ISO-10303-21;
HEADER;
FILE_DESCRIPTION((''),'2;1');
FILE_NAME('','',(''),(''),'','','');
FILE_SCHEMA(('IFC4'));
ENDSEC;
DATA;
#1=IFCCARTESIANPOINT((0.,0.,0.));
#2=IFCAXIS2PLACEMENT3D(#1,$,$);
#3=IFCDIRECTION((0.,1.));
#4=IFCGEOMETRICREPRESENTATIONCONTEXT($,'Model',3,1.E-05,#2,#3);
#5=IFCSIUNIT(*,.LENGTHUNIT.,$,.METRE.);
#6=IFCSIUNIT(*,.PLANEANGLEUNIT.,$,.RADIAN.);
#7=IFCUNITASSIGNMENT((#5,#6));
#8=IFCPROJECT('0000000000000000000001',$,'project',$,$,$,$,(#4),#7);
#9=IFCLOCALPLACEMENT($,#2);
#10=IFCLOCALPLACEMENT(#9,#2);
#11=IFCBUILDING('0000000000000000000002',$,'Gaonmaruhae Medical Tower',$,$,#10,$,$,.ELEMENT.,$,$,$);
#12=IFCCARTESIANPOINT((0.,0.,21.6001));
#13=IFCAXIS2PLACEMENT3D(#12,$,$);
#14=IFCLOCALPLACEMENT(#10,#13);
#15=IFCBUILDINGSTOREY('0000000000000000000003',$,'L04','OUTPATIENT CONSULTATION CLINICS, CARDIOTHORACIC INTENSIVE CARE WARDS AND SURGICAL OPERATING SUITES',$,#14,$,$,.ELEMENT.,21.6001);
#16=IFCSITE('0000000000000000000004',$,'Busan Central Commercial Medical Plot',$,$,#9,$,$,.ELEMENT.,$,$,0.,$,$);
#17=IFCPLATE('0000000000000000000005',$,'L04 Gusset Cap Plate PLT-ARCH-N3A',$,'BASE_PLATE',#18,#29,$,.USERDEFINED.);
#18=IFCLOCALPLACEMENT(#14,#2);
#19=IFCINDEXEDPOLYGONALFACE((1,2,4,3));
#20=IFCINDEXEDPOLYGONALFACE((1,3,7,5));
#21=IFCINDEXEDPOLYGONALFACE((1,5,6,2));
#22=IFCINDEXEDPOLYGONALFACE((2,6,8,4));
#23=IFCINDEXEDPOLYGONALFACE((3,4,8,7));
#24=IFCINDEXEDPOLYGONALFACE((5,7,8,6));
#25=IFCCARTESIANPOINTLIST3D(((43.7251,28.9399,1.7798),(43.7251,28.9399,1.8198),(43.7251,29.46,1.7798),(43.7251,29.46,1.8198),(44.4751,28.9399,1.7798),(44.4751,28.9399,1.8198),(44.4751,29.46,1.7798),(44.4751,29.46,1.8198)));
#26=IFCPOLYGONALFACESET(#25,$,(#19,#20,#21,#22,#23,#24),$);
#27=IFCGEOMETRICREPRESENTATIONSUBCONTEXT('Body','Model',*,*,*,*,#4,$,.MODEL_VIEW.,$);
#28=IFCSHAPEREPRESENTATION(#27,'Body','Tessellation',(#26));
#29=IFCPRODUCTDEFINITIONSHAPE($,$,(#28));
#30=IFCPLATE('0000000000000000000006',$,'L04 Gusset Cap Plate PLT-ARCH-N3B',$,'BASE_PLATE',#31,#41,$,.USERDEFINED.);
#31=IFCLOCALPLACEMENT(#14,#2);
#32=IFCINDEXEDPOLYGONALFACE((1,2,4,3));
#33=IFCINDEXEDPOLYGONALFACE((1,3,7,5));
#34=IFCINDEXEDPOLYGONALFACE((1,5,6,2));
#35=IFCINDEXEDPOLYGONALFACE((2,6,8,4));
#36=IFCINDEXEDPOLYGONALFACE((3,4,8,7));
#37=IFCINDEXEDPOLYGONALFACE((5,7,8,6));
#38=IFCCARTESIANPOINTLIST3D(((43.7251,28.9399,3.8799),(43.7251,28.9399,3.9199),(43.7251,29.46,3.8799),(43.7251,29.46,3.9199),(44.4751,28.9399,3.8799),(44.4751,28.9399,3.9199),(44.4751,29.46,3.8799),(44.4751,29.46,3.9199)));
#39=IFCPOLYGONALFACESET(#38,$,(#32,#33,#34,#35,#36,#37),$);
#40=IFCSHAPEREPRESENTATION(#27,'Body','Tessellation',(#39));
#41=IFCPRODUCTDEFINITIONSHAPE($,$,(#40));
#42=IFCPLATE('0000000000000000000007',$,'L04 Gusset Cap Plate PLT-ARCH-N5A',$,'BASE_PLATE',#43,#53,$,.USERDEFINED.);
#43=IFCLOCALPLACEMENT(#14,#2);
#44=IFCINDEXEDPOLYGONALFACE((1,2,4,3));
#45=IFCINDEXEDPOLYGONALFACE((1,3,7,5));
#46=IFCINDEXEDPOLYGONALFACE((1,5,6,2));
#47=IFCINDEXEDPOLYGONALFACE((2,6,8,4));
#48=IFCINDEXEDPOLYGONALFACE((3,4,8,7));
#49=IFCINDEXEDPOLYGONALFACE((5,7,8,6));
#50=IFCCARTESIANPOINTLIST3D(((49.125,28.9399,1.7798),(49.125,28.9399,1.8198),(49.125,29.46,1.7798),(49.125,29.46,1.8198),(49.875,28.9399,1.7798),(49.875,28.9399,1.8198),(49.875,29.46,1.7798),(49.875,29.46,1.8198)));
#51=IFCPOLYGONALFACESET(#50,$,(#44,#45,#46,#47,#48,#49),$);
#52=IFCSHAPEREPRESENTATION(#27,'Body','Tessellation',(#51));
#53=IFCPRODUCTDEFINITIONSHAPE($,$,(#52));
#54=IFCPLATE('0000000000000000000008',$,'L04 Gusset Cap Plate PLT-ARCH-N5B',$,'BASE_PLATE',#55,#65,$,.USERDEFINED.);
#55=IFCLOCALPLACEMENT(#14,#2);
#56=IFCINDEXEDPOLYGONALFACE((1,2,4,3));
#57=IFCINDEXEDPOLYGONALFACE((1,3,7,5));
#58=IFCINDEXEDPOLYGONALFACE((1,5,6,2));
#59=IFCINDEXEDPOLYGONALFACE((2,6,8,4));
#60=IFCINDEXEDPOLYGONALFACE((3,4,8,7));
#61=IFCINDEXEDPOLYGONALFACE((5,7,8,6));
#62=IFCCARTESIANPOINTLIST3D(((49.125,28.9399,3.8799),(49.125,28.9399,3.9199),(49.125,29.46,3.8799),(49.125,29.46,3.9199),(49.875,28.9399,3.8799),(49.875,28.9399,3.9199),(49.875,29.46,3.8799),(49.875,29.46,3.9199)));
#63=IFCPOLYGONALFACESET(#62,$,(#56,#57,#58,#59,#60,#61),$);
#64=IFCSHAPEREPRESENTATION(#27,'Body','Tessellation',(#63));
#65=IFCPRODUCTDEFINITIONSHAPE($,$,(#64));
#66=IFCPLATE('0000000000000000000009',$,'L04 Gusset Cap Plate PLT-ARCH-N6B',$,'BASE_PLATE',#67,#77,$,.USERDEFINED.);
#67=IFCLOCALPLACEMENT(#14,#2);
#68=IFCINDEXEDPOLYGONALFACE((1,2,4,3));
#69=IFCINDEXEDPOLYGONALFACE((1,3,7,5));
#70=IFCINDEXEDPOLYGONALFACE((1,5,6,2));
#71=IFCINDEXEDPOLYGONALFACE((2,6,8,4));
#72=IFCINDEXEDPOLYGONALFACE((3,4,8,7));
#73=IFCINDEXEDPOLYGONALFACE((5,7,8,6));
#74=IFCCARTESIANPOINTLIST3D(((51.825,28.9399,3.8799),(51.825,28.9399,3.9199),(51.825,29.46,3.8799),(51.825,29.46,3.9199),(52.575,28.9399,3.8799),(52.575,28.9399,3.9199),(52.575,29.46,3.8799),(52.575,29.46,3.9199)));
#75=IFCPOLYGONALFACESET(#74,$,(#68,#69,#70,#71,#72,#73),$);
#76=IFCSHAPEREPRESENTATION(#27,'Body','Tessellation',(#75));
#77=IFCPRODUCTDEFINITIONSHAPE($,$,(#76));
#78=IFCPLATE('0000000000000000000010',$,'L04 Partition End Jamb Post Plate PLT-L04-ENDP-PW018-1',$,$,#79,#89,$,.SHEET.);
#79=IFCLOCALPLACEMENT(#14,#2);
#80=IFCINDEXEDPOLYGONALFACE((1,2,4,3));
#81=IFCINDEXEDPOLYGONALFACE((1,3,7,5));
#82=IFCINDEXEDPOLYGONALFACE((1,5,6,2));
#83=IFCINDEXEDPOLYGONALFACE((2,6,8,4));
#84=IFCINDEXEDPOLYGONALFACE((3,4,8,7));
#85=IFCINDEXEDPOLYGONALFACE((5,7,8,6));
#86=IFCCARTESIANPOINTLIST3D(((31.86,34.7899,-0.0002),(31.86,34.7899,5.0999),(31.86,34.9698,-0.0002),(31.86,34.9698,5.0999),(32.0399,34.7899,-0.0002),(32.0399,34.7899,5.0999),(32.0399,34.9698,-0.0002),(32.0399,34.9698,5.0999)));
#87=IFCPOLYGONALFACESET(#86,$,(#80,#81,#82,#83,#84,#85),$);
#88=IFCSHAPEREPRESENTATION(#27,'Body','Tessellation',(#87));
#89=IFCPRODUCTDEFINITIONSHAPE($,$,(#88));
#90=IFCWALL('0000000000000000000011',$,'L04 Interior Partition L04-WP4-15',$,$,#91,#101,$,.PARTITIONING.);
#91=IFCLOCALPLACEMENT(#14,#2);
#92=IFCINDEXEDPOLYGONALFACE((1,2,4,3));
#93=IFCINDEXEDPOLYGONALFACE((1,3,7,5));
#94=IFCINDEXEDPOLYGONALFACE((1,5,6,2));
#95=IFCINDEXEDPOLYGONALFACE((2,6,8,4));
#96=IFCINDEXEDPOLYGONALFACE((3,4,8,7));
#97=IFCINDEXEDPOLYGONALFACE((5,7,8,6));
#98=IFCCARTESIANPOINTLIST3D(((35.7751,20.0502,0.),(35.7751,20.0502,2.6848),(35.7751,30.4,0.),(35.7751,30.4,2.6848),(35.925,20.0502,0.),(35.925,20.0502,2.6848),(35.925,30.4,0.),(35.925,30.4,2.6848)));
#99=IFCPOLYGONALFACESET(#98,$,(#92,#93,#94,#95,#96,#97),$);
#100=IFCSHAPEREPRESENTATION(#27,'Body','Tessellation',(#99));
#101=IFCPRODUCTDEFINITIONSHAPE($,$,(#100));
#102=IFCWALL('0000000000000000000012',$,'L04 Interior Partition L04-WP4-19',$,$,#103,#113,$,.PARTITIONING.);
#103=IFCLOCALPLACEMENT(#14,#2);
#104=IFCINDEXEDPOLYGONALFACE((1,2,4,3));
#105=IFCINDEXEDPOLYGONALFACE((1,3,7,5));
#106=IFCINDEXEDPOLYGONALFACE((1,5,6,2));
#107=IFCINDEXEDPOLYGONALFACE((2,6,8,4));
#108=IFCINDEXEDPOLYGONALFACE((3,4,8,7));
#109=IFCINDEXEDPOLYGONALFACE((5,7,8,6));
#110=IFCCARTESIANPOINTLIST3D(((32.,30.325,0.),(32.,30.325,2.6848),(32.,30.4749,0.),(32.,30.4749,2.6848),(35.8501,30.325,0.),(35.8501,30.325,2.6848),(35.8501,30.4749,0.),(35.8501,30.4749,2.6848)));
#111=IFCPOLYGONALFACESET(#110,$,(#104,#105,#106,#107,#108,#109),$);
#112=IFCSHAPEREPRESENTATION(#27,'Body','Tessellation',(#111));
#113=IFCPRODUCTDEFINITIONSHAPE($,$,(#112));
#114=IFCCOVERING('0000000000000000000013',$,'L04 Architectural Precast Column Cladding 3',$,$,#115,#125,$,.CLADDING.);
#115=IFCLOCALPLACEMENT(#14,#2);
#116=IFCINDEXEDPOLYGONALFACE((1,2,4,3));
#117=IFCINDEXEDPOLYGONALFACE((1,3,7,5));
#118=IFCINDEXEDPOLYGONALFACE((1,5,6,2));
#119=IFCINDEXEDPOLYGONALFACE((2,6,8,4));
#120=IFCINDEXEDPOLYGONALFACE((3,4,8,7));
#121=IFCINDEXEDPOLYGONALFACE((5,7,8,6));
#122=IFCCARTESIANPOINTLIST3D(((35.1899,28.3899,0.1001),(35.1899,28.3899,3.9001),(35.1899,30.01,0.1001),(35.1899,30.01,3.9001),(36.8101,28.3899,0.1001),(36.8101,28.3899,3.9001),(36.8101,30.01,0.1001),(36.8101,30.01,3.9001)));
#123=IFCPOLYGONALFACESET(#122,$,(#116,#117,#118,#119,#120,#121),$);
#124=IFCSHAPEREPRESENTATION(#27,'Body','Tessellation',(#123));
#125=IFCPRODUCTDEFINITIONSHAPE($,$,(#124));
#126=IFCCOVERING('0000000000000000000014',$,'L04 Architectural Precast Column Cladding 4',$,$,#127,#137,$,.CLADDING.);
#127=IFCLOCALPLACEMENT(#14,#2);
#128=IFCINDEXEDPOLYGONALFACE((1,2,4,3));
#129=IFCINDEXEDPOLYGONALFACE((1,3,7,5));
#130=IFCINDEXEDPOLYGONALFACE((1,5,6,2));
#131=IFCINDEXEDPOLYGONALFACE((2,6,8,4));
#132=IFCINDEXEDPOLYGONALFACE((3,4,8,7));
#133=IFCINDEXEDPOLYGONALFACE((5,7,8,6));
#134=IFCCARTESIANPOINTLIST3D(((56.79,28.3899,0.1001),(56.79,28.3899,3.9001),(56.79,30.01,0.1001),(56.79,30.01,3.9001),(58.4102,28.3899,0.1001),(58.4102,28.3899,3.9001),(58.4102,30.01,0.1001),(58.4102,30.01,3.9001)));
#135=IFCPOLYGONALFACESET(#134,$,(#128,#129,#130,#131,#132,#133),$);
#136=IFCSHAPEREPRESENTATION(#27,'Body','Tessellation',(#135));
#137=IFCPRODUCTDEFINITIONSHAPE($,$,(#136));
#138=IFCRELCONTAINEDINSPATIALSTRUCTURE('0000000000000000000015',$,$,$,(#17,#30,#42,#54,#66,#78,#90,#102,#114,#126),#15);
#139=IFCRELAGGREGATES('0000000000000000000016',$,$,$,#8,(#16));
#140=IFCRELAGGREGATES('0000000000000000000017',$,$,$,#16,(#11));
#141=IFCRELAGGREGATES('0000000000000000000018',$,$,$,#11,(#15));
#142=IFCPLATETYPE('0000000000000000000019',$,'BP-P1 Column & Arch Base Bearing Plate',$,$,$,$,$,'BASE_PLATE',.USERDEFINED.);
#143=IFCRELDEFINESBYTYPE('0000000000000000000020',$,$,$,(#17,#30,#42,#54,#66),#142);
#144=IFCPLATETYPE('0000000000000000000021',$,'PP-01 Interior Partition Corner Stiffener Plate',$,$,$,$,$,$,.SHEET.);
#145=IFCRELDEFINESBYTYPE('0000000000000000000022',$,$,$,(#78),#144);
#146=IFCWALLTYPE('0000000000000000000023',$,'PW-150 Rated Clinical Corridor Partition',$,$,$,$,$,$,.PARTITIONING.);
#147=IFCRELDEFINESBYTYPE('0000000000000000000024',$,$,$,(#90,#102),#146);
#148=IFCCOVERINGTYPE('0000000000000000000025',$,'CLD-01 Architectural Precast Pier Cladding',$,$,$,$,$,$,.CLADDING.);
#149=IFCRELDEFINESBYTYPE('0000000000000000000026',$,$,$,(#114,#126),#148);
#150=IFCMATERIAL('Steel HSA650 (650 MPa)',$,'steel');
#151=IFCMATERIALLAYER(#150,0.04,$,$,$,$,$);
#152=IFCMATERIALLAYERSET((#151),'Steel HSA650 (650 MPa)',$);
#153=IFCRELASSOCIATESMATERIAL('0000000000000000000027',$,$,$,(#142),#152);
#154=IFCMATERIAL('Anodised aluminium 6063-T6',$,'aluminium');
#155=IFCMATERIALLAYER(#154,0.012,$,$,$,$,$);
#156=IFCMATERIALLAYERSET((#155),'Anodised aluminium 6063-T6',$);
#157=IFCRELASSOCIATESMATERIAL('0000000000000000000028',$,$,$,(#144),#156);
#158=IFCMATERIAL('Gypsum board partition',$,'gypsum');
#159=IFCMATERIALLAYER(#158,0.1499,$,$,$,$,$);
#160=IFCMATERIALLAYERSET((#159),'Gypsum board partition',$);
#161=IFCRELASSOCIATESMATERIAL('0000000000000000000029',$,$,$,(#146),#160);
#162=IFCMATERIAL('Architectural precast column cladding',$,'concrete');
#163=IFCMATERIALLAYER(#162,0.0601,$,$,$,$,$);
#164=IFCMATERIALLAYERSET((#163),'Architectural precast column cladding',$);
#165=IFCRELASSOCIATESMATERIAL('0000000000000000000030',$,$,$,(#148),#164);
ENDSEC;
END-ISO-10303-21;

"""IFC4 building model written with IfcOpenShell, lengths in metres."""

from ifc_helpers import new_model, si_unit, direction, frame, frame_2d, origin, origin_2d, place, context, subcontext, project, spatial, rectangle, extrude, material, layer, layer_set, type_object, element, save


model = new_model("IFC4")

# Units and contexts
model_context = context("Model", 3, precision=1e-05, world=origin(), true_north=direction((0.0, 1.0)))
body_context = subcontext(model_context, "Body", "Model", "MODEL_VIEW")
ifc_project = project(units=[si_unit("LENGTHUNIT", "METRE"), si_unit("PLANEANGLEUNIT", "RADIAN")], contexts=[model_context])

# Site, building, storey
site_placement = place(None, origin())
site = spatial("IfcSite", under=ifc_project, at=site_placement, Name="Busan Central Commercial Medical Plot", CompositionType="ELEMENT", RefElevation=0.0)
building_placement = place(site_placement, origin())
building = spatial("IfcBuilding", under=site, at=building_placement, Name="Gaonmaruhae Medical Tower", CompositionType="ELEMENT")
storey_placement = place(building_placement, frame((0.0, 0.0, 21.6001)))
storey = spatial("IfcBuildingStorey", under=building, at=storey_placement, Name="L04", Description="OUTPATIENT CONSULTATION CLINICS, CARDIOTHORACIC INTENSIVE CARE WARDS AND SURGICAL OPERATING SUITES", CompositionType="ELEMENT", Elevation=21.6001)

# Plates
ifc_material_1 = material(Name="Steel HSA650 (650 MPa)", Category="steel")
ifc_layer_1 = layer(ifc_material_1, 0.04)
ifc_layer_set_1 = layer_set([ifc_layer_1], Name="Steel HSA650 (650 MPa)")
plate_type_1 = type_object("IfcPlateType", Name="BP-P1 Column & Arch Base Bearing Plate", ElementType="BASE_PLATE", PredefinedType="USERDEFINED", material=ifc_layer_set_1)
for number, where, z_axis, x_axis, name in (
    (1, (44.1001, 29.2, 1.7798), (0.0, 0.0, 1.0), (1.0, 0.0, 0.0), "L04 Gusset Cap Plate PLT-ARCH-N3A"),
    (2, (44.1001, 29.2, 3.8799), (0.0, 0.0, 1.0), (1.0, 0.0, 0.0), "L04 Gusset Cap Plate PLT-ARCH-N3B"),
    (3, (49.5, 29.2, 1.7798), (0.0, 0.0, 1.0), (1.0, 0.0, 0.0), "L04 Gusset Cap Plate PLT-ARCH-N5A"),
    (4, (49.5, 29.2, 3.8799), (0.0, 0.0, 1.0), (1.0, 0.0, 0.0), "L04 Gusset Cap Plate PLT-ARCH-N5B"),
    (5, (52.2, 29.2, 3.8799), (0.0, 0.0, 1.0), (1.0, 0.0, 0.0), "L04 Gusset Cap Plate PLT-ARCH-N6B"),
):
    element("IfcPlate", number, at=place(storey_placement, frame(where, z_axis=z_axis, x_axis=x_axis)), inside=storey, type_object=plate_type_1, Name=name, ObjectType="BASE_PLATE", PredefinedType="USERDEFINED", context=body_context, shape_type="SweptSolid", body=[
        extrude(rectangle(XDim=0.75, YDim=0.52, at=origin_2d()), origin(), (0.0, 0.0, 1.0), 0.04),
    ])
ifc_material_2 = material(Name="Anodised aluminium 6063-T6", Category="aluminium")
ifc_layer_2 = layer(ifc_material_2, 0.012)
ifc_layer_set_2 = layer_set([ifc_layer_2], Name="Anodised aluminium 6063-T6")
plate_type_2 = type_object("IfcPlateType", Name="PP-01 Interior Partition Corner Stiffener Plate", PredefinedType="SHEET", material=ifc_layer_set_2)
plate_placement = place(storey_placement, frame((31.95, 34.8799, -0.0002), z_axis=(0.0, 0.0, 1.0), x_axis=(0.0, 1.0, 0.0)))
element("IfcPlate", 6, at=plate_placement, inside=storey, type_object=plate_type_2, Name="L04 Partition End Jamb Post Plate PLT-L04-ENDP-PW018-1", PredefinedType="SHEET", context=body_context, shape_type="SweptSolid", body=[
    extrude(rectangle(XDim=0.1799, YDim=0.1799, at=origin_2d()), origin(), (0.0, 0.0, 1.0), 5.1001),
])

# Walls
ifc_material_3 = material(Name="Gypsum board partition", Category="gypsum")
ifc_layer_3 = layer(ifc_material_3, 0.1499)
ifc_layer_set_3 = layer_set([ifc_layer_3], Name="Gypsum board partition")
wall_type = type_object("IfcWallType", Name="PW-150 Rated Clinical Corridor Partition", PredefinedType="PARTITIONING", material=ifc_layer_set_3)
wall_1_placement = place(storey_placement, frame((35.8501, 30.3999, 0.0), z_axis=(0.0, 0.0, 1.0), x_axis=(0.0, -1.0, 0.0)))
element("IfcWall", 7, at=wall_1_placement, inside=storey, type_object=wall_type, Name="L04 Interior Partition L04-WP4-15", PredefinedType="PARTITIONING", context=body_context, shape_type="SweptSolid", body=[
    extrude(rectangle(XDim=10.3499, YDim=0.1499, at=frame_2d((5.1748, 0.0))), origin(), (0.0, 0.0, 1.0), 2.6848),
])
wall_2_placement = place(storey_placement, frame((32.0, 30.3999, 0.0), z_axis=(0.0, 0.0, 1.0), x_axis=(1.0, 0.0, 0.0)))
element("IfcWall", 8, at=wall_2_placement, inside=storey, type_object=wall_type, Name="L04 Interior Partition L04-WP4-19", PredefinedType="PARTITIONING", context=body_context, shape_type="SweptSolid", body=[
    extrude(rectangle(XDim=3.8501, YDim=0.1499, at=frame_2d((1.925, 0.0))), origin(), (0.0, 0.0, 1.0), 2.6848),
])

# Coverings
ifc_material_4 = material(Name="Architectural precast column cladding", Category="concrete")
ifc_layer_4 = layer(ifc_material_4, 0.0601)
ifc_layer_set_4 = layer_set([ifc_layer_4], Name="Architectural precast column cladding")
covering_type = type_object("IfcCoveringType", Name="CLD-01 Architectural Precast Pier Cladding", PredefinedType="CLADDING", material=ifc_layer_set_4)
for number, where, z_axis, x_axis, name in (
    (9, (36.0, 29.2, 0.1001), (0.0, 0.0, 1.0), (1.0, 0.0, 0.0), "L04 Architectural Precast Column Cladding 3"),
    (10, (57.6001, 29.2, 0.1001), (0.0, 0.0, 1.0), (1.0, 0.0, 0.0), "L04 Architectural Precast Column Cladding 4"),
):
    element("IfcCovering", number, at=place(storey_placement, frame(where, z_axis=z_axis, x_axis=x_axis)), inside=storey, type_object=covering_type, Name=name, PredefinedType="CLADDING", context=body_context, shape_type="SweptSolid", body=[
        extrude(rectangle(XDim=1.6201, YDim=1.6201, at=origin_2d()), origin(), (0.0, 0.0, 1.0), 3.8),
    ])

save(model, "model.ifc")
